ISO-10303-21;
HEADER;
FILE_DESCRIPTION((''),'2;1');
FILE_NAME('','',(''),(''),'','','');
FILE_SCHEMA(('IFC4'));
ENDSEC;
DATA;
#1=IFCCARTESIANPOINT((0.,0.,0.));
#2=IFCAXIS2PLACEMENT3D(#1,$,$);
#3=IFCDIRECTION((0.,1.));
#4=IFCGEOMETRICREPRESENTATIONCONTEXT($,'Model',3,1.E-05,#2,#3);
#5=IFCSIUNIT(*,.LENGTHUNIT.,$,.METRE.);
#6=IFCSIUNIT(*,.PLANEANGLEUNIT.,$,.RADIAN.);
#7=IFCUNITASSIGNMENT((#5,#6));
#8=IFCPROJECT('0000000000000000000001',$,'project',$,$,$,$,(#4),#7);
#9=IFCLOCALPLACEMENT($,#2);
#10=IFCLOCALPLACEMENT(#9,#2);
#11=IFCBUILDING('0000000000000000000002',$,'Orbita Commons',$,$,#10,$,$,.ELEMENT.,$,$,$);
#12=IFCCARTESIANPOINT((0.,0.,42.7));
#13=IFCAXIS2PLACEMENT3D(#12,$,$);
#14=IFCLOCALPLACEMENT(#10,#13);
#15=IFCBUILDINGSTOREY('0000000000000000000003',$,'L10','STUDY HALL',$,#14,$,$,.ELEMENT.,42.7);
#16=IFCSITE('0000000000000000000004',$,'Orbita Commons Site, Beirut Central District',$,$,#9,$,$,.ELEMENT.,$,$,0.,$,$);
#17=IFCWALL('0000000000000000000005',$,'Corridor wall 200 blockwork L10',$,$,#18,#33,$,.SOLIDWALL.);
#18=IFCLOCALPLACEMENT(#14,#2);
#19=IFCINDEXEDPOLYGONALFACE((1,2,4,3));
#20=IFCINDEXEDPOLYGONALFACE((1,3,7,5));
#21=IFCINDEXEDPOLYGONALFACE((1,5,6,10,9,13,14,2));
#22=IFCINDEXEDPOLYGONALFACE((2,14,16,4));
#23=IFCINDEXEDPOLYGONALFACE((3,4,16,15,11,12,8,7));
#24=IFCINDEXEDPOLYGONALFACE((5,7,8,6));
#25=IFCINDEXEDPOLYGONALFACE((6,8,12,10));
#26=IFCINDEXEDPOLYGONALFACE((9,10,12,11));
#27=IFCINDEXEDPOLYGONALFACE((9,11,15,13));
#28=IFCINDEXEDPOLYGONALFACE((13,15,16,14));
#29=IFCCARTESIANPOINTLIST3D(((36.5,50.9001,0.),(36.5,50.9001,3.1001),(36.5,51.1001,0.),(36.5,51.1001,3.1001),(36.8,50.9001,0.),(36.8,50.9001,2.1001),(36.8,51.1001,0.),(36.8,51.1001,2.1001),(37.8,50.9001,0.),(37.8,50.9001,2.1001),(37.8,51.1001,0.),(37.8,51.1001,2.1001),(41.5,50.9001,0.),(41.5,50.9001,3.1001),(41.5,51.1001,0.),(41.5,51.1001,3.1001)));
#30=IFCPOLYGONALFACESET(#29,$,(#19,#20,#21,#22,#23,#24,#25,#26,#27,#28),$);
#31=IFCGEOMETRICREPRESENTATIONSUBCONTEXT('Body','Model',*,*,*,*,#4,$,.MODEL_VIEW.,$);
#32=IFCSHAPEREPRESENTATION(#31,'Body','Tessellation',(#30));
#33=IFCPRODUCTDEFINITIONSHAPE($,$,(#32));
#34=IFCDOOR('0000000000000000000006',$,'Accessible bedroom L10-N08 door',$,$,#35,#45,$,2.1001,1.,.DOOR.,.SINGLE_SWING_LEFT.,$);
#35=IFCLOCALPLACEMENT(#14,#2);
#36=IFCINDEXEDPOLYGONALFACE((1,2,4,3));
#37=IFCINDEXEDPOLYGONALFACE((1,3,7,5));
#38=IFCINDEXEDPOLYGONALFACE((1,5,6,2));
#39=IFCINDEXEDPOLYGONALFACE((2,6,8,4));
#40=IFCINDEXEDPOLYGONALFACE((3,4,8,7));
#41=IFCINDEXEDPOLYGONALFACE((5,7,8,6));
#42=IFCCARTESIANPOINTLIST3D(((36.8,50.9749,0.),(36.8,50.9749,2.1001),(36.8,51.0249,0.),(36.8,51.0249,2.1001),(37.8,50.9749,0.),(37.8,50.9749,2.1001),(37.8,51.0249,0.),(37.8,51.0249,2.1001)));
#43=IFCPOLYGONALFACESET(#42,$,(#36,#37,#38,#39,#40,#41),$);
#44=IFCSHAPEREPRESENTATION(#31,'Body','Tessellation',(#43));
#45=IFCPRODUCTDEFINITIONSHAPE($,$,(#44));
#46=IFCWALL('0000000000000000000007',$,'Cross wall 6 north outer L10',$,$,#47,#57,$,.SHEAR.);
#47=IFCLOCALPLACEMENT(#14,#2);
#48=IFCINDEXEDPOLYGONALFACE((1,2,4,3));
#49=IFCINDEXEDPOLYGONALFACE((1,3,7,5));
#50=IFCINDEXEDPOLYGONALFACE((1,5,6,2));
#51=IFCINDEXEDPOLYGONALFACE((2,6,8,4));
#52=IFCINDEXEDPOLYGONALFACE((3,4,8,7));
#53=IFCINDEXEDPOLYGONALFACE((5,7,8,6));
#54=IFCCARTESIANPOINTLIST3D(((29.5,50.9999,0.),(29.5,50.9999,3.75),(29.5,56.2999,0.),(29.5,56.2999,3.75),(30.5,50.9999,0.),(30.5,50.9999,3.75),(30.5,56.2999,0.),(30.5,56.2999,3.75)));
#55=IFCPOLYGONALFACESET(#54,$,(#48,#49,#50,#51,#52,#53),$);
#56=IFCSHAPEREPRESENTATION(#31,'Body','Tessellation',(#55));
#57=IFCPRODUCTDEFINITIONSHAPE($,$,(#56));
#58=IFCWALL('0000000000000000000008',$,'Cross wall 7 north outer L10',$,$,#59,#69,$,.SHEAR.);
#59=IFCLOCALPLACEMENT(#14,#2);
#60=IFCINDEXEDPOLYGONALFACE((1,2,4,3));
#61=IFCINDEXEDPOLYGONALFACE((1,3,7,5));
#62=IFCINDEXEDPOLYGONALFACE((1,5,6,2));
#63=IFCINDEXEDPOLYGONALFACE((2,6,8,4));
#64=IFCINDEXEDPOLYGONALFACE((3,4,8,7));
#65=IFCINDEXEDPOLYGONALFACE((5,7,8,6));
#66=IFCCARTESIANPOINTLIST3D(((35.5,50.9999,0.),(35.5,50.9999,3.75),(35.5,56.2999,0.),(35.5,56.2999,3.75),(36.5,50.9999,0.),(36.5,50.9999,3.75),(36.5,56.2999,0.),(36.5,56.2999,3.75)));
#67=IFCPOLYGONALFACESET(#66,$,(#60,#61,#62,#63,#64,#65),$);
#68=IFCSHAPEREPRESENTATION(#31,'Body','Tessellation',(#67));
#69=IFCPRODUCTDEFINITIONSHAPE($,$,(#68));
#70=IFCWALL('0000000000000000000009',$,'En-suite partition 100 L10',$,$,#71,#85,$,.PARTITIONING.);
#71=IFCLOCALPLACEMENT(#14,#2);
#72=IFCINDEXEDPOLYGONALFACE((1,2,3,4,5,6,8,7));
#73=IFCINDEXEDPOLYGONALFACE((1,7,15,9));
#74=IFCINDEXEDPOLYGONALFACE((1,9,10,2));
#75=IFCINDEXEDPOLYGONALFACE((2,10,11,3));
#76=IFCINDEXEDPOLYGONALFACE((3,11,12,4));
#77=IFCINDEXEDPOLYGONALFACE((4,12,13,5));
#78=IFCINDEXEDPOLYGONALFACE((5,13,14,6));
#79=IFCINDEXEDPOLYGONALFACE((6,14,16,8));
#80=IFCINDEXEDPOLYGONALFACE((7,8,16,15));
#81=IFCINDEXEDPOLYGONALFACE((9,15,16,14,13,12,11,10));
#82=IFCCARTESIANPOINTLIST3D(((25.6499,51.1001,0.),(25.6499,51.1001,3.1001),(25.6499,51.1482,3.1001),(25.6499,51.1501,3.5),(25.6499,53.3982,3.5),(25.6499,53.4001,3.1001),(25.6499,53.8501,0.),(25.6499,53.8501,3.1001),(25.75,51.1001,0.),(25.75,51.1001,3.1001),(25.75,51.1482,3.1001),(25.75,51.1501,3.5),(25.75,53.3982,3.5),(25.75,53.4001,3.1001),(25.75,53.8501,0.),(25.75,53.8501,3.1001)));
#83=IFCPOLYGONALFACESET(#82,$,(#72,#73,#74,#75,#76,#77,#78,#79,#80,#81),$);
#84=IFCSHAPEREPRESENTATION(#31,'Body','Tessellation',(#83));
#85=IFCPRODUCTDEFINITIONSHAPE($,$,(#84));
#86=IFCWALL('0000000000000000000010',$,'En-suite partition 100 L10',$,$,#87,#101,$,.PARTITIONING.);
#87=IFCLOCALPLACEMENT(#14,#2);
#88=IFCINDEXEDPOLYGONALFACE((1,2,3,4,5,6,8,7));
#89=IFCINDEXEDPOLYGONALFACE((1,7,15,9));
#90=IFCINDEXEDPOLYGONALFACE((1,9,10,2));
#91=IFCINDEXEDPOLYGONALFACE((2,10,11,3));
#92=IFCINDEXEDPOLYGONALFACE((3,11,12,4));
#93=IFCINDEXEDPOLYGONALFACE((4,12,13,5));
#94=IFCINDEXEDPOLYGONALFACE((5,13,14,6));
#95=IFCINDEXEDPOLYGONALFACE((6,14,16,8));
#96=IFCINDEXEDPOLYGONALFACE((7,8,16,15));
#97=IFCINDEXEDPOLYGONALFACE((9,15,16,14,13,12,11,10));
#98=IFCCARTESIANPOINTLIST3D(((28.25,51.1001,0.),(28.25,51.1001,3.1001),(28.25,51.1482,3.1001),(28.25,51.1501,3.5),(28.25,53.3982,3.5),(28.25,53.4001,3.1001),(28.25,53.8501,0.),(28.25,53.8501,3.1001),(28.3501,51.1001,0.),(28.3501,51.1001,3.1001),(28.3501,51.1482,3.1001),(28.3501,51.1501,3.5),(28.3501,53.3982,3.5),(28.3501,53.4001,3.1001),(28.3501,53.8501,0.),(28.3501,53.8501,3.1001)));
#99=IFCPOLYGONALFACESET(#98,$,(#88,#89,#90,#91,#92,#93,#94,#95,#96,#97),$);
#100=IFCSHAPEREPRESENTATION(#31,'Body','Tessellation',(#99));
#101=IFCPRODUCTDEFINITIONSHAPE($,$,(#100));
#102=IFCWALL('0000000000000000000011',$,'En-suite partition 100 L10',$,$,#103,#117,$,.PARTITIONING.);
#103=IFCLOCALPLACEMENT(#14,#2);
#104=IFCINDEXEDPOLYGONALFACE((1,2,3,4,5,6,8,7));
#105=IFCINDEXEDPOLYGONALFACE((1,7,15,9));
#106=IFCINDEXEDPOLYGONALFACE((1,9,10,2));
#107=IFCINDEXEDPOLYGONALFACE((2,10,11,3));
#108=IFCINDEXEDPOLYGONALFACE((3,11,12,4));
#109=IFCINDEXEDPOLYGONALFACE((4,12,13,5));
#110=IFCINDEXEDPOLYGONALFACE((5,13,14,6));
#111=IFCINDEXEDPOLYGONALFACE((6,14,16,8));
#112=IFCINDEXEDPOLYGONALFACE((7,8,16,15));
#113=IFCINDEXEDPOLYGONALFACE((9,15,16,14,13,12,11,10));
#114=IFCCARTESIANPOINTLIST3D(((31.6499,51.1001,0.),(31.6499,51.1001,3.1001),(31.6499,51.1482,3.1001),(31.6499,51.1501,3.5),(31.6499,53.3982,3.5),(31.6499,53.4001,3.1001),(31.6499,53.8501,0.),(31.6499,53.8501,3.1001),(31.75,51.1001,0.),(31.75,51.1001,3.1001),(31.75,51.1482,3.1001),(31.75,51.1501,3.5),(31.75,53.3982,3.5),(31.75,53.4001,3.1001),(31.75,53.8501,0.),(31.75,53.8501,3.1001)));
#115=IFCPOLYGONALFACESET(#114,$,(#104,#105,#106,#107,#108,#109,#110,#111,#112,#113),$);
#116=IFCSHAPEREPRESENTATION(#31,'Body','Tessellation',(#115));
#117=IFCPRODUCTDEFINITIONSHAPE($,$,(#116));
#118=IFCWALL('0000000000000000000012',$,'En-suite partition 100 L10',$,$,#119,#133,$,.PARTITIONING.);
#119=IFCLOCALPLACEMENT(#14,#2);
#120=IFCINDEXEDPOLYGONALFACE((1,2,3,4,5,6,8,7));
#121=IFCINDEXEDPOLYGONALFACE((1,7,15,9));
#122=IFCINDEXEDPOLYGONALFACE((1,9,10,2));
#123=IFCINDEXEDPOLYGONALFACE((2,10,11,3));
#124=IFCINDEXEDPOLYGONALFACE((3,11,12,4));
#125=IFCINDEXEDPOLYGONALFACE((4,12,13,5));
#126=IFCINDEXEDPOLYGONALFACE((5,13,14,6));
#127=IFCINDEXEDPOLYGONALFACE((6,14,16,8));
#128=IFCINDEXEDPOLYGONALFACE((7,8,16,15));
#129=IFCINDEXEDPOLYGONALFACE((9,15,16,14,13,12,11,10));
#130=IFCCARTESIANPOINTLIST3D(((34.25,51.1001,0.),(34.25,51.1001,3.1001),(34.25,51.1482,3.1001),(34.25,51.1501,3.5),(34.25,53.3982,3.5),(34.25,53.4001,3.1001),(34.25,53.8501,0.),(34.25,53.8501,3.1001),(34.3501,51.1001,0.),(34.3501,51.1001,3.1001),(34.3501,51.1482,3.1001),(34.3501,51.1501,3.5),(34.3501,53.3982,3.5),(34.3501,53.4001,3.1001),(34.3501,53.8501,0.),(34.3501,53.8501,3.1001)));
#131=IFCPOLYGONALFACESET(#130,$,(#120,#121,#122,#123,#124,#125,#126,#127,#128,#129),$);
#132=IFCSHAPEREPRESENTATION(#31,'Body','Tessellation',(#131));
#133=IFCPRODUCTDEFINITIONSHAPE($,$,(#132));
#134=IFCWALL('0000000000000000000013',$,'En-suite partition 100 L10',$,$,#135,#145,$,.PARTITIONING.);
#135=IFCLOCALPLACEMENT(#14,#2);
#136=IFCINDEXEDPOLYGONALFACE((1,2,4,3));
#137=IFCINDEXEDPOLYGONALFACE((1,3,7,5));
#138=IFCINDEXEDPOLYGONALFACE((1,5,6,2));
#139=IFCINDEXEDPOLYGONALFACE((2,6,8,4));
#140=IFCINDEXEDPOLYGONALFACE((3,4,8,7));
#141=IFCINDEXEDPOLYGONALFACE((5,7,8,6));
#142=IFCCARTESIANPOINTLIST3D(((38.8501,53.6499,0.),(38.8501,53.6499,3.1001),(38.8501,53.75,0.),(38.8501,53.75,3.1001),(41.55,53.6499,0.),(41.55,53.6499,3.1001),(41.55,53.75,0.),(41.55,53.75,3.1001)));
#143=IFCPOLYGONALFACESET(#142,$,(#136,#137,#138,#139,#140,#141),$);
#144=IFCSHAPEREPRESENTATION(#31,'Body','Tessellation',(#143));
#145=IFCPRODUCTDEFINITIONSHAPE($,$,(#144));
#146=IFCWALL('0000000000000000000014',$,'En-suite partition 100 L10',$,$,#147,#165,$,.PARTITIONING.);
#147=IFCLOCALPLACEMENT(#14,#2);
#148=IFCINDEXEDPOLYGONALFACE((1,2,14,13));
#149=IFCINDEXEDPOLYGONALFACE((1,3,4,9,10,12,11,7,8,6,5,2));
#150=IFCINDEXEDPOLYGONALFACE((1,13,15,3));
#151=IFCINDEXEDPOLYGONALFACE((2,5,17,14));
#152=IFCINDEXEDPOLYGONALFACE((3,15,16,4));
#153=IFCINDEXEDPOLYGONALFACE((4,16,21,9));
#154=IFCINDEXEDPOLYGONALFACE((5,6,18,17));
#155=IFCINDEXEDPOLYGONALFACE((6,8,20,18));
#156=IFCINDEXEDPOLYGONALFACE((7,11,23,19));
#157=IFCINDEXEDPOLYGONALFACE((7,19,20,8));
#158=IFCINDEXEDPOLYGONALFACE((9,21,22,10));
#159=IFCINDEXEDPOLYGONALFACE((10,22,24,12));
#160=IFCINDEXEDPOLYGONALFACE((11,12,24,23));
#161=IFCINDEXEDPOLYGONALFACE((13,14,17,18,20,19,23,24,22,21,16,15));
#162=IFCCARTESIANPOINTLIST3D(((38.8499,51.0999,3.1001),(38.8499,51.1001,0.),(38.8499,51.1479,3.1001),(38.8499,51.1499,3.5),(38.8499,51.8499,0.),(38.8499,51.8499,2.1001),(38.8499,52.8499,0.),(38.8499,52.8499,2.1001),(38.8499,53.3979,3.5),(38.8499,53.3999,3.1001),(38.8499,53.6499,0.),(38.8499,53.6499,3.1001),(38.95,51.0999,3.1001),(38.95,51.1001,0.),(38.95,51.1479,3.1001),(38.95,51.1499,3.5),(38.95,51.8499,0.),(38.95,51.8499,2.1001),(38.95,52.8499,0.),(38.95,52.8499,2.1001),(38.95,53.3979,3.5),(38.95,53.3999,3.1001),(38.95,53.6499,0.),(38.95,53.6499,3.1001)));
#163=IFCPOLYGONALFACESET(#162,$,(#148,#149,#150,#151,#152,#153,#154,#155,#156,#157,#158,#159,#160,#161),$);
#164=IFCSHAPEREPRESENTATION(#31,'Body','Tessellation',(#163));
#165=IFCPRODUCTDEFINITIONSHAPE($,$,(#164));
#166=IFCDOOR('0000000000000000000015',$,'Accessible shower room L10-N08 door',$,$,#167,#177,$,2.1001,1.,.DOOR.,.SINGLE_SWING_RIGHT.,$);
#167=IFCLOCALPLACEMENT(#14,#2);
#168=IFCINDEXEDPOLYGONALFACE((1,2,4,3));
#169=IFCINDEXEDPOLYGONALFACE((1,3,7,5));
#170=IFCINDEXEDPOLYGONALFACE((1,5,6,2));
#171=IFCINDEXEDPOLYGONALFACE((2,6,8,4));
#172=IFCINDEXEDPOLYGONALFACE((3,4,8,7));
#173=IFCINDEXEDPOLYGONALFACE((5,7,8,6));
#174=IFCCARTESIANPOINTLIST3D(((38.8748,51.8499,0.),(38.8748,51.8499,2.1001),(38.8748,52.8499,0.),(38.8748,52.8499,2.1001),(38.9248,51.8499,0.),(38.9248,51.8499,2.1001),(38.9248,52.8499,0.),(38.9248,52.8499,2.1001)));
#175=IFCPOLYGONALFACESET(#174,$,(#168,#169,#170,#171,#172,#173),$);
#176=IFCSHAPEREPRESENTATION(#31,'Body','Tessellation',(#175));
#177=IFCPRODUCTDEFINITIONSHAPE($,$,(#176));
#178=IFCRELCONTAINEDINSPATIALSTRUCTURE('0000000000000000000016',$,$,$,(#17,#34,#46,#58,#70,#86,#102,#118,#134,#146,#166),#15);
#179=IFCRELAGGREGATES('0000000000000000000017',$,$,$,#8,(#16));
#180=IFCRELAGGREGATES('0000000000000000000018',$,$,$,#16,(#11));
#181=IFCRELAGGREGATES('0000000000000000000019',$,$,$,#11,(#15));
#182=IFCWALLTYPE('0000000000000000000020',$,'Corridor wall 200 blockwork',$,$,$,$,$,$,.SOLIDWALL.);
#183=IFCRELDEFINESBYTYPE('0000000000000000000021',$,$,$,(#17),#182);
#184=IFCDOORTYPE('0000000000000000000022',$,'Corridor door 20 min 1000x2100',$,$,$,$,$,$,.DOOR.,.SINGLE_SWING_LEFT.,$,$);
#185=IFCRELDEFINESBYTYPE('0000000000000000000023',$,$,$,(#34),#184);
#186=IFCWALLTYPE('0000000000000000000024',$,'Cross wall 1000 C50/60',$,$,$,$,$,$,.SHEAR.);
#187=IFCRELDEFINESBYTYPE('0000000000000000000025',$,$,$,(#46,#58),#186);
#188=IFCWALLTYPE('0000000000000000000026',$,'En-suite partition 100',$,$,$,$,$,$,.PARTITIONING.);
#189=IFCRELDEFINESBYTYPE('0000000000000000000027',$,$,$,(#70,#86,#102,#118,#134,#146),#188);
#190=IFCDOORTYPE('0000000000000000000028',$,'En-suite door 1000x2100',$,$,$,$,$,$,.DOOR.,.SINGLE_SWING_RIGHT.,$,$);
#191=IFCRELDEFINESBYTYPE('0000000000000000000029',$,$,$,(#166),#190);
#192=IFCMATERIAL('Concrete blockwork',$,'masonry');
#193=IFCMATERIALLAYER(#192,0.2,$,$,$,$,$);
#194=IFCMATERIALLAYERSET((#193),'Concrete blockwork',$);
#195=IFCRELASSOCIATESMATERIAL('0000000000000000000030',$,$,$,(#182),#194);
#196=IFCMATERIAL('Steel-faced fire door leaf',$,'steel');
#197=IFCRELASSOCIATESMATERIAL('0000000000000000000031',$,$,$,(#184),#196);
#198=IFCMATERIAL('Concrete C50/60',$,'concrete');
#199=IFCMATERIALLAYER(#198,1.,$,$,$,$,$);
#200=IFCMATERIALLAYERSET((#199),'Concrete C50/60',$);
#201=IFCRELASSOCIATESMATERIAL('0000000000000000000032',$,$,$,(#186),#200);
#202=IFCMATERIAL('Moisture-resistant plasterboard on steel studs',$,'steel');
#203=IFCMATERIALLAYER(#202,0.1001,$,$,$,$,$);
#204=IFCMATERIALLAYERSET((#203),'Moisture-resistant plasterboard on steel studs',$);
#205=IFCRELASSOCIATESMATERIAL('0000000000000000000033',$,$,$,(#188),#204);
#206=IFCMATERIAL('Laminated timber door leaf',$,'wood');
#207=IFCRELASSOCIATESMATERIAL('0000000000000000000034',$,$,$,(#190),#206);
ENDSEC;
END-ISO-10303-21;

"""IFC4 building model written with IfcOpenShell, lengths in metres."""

from ifc_helpers import new_model, si_unit, direction, frame, frame_2d, origin, place, context, subcontext, project, spatial, polyline, rectangle, outline, extrude, material, layer, layer_set, type_object, element, fill, save


model = new_model("IFC4")

# Units and contexts
model_context = context("Model", 3, precision=1e-05, world=origin(), true_north=direction((0.0, 1.0)))
body_context = subcontext(model_context, "Body", "Model", "MODEL_VIEW")
ifc_project = project(units=[si_unit("LENGTHUNIT", "METRE"), si_unit("PLANEANGLEUNIT", "RADIAN")], contexts=[model_context])

# Site, building, storey
site_placement = place(None, origin())
site = spatial("IfcSite", under=ifc_project, at=site_placement, Name="Orbita Commons Site, Beirut Central District", CompositionType="ELEMENT", RefElevation=0.0)
building_placement = place(site_placement, origin())
building = spatial("IfcBuilding", under=site, at=building_placement, Name="Orbita Commons", CompositionType="ELEMENT")
storey_placement = place(building_placement, frame((0.0, 0.0, 42.7)))
storey = spatial("IfcBuildingStorey", under=building, at=storey_placement, Name="L10", Description="STUDY HALL", CompositionType="ELEMENT", Elevation=42.7)

# Shared definitions
ifc_material_1 = material(Name="Concrete blockwork", Category="masonry")
ifc_layer_1 = layer(ifc_material_1, 0.2)
ifc_layer_set_1 = layer_set([ifc_layer_1], Name="Concrete blockwork")
wall_type_1 = type_object("IfcWallType", Name="Corridor wall 200 blockwork", PredefinedType="SOLIDWALL", material=ifc_layer_set_1)

# Wall, opening, door
wall_1_placement = place(storey_placement, frame((36.5, 51.0, 0.0), z_axis=(0.0, 0.0, 1.0), x_axis=(1.0, 0.0, 0.0)))
wall_1 = element("IfcWall", 1, at=wall_1_placement, inside=storey, type_object=wall_type_1, Name="Corridor wall 200 blockwork L10", PredefinedType="SOLIDWALL", context=body_context, shape_type="SweptSolid", body=[
    extrude(outline(polyline([(0.0, 0.0), (5.0, 0.0), (5.0, 3.1001), (0.0, 3.1001), (0.0, 0.0)])), frame((0.0, 0.1001, 0.0), z_axis=(0.0, -1.0, 0.0), x_axis=(1.0, 0.0, 0.0)), (0.0, 0.0, 1.0), 0.2),
])
opening_1_placement = place(wall_1_placement, frame((0.3, 0.0, 0.0)))
opening_1 = element("IfcOpeningElement", 2, at=opening_1_placement, cuts=wall_1, PredefinedType="OPENING", context=body_context, shape_type="SweptSolid", body=[
    extrude(rectangle(XDim=1.0, YDim=2.1001, at=frame_2d((0.5, 1.05))), frame((0.0, 0.1099, 0.0), z_axis=(0.0, -1.0, 0.0), x_axis=(1.0, 0.0, 0.0)), (0.0, 0.0, 1.0), 0.22),
])
ifc_material_2 = material(Name="Steel-faced fire door leaf", Category="steel")
door_type_1 = type_object("IfcDoorType", Name="Corridor door 20 min 1000x2100", OperationType="SINGLE_SWING_LEFT", PredefinedType="DOOR", material=ifc_material_2)
door_1_placement = place(opening_1_placement, origin())
door_1 = element("IfcDoor", 3, at=door_1_placement, inside=storey, type_object=door_type_1, Name="Accessible bedroom L10-N08 door", OperationType="SINGLE_SWING_LEFT", OverallHeight=2.1001, OverallWidth=1.0, PredefinedType="DOOR", context=body_context, shape_type="SweptSolid", body=[
    extrude(rectangle(XDim=1.0, YDim=2.1001, at=frame_2d((0.5, 1.05))), frame((0.0, 0.0249, 0.0), z_axis=(0.0, -1.0, 0.0), x_axis=(1.0, 0.0, 0.0)), (0.0, 0.0, 1.0), 0.05),
])
fill(opening_1, door_1)

# Walls
ifc_material_3 = material(Name="Concrete C50/60", Category="concrete")
ifc_layer_2 = layer(ifc_material_3, 1.0)
ifc_layer_set_2 = layer_set([ifc_layer_2], Name="Concrete C50/60")
wall_type_2 = type_object("IfcWallType", Name="Cross wall 1000 C50/60", PredefinedType="SHEAR", material=ifc_layer_set_2)
for number, where, z_axis, x_axis, name in (
    (4, (30.0, 51.0, 0.0), (0.0, 0.0, 1.0), (0.0, 1.0, 0.0), "Cross wall 6 north outer L10"),
    (5, (36.0, 51.0, 0.0), (0.0, 0.0, 1.0), (0.0, 1.0, 0.0), "Cross wall 7 north outer L10"),
):
    element("IfcWall", number, at=place(storey_placement, frame(where, z_axis=z_axis, x_axis=x_axis)), inside=storey, type_object=wall_type_2, Name=name, PredefinedType="SHEAR", context=body_context, shape_type="SweptSolid", body=[
        extrude(rectangle(XDim=5.3, YDim=1.0, at=frame_2d((2.6499, 0.0))), origin(), (0.0, 0.0, 1.0), 3.75),
    ])
ifc_material_4 = material(Name="Moisture-resistant plasterboard on steel studs", Category="steel")
ifc_layer_3 = layer(ifc_material_4, 0.1001)
ifc_layer_set_3 = layer_set([ifc_layer_3], Name="Moisture-resistant plasterboard on steel studs")
wall_type_3 = type_object("IfcWallType", Name="En-suite partition 100", PredefinedType="PARTITIONING", material=ifc_layer_set_3)
for number, where, z_axis, x_axis, name in (
    (6, (25.7, 53.8501, 0.0), (0.0, 0.0, 1.0), (0.0, -1.0, 0.0), "En-suite partition 100 L10"),
    (7, (28.3, 53.8501, 0.0), (0.0, 0.0, 1.0), (0.0, -1.0, 0.0), "En-suite partition 100 L10"),
    (8, (31.7, 53.8501, 0.0), (0.0, 0.0, 1.0), (0.0, -1.0, 0.0), "En-suite partition 100 L10"),
    (9, (34.3, 53.8501, 0.0), (0.0, 0.0, 1.0), (0.0, -1.0, 0.0), "En-suite partition 100 L10"),
):
    element("IfcWall", number, at=place(storey_placement, frame(where, z_axis=z_axis, x_axis=x_axis)), inside=storey, type_object=wall_type_3, Name=name, PredefinedType="PARTITIONING", context=body_context, shape_type="SweptSolid", body=[
        extrude(outline(polyline([(0.0, 0.0), (2.75, 0.0), (2.75, 3.1001), (2.7019, 3.1001), (2.7, 3.5), (0.4519, 3.5), (0.45, 3.1001), (0.0, 3.1001), (0.0, 0.0)])), frame((0.0, 0.05, 0.0), z_axis=(0.0, -1.0, 0.0), x_axis=(1.0, 0.0, 0.0)), (0.0, 0.0, 1.0), 0.1001),
    ])
wall_2_placement = place(storey_placement, frame((38.8501, 53.7, 0.0), z_axis=(0.0, 0.0, 1.0), x_axis=(1.0, 0.0, 0.0)))
element("IfcWall", 10, at=wall_2_placement, inside=storey, type_object=wall_type_3, Name="En-suite partition 100 L10", PredefinedType="PARTITIONING", context=body_context, shape_type="SweptSolid", body=[
    extrude(outline(polyline([(0.0, 0.0), (2.7, 0.0), (2.7, 3.1001), (0.0, 3.1001), (0.0, 0.0)])), frame((0.0, 0.05, 0.0), z_axis=(0.0, -1.0, 0.0), x_axis=(1.0, 0.0, 0.0)), (0.0, 0.0, 1.0), 0.1001),
])

# Wall, opening, door
wall_3_placement = place(storey_placement, frame((38.8999, 53.6499, 0.0), z_axis=(0.0, 0.0, 1.0), x_axis=(0.0, -1.0, 0.0)))
wall_3 = element("IfcWall", 11, at=wall_3_placement, inside=storey, type_object=wall_type_3, Name="En-suite partition 100 L10", PredefinedType="PARTITIONING", context=body_context, shape_type="SweptSolid", body=[
    extrude(outline(polyline([(0.0, 0.0), (2.5498, 0.0), (2.55, 3.1001), (2.502, 3.1001), (2.5, 3.5), (0.252, 3.5), (0.25, 3.1001), (0.0, 3.1001), (0.0, 0.0)])), frame((0.0, 0.05, 0.0), z_axis=(0.0, -1.0, 0.0), x_axis=(1.0, 0.0, 0.0)), (0.0, 0.0, 1.0), 0.1001),
])
opening_2_placement = place(wall_3_placement, frame((0.8, 0.0, 0.0)))
opening_2 = element("IfcOpeningElement", 12, at=opening_2_placement, cuts=wall_3, PredefinedType="OPENING", context=body_context, shape_type="SweptSolid", body=[
    extrude(rectangle(XDim=1.0, YDim=2.1001, at=frame_2d((0.5, 1.05))), frame((0.0, 0.0601, 0.0), z_axis=(0.0, -1.0, 0.0), x_axis=(1.0, 0.0, 0.0)), (0.0, 0.0, 1.0), 0.1201),
])
ifc_material_5 = material(Name="Laminated timber door leaf", Category="wood")
door_type_2 = type_object("IfcDoorType", Name="En-suite door 1000x2100", OperationType="SINGLE_SWING_RIGHT", PredefinedType="DOOR", material=ifc_material_5)
door_2_placement = place(opening_2_placement, origin())
door_2 = element("IfcDoor", 13, at=door_2_placement, inside=storey, type_object=door_type_2, Name="Accessible shower room L10-N08 door", OperationType="SINGLE_SWING_RIGHT", OverallHeight=2.1001, OverallWidth=1.0, PredefinedType="DOOR", context=body_context, shape_type="SweptSolid", body=[
    extrude(rectangle(XDim=1.0, YDim=2.1001, at=frame_2d((0.5, 1.05))), frame((0.0, 0.0249, 0.0), z_axis=(0.0, -1.0, 0.0), x_axis=(1.0, 0.0, 0.0)), (0.0, 0.0, 1.0), 0.05),
])
fill(opening_2, door_2)

save(model, "model.ifc")
